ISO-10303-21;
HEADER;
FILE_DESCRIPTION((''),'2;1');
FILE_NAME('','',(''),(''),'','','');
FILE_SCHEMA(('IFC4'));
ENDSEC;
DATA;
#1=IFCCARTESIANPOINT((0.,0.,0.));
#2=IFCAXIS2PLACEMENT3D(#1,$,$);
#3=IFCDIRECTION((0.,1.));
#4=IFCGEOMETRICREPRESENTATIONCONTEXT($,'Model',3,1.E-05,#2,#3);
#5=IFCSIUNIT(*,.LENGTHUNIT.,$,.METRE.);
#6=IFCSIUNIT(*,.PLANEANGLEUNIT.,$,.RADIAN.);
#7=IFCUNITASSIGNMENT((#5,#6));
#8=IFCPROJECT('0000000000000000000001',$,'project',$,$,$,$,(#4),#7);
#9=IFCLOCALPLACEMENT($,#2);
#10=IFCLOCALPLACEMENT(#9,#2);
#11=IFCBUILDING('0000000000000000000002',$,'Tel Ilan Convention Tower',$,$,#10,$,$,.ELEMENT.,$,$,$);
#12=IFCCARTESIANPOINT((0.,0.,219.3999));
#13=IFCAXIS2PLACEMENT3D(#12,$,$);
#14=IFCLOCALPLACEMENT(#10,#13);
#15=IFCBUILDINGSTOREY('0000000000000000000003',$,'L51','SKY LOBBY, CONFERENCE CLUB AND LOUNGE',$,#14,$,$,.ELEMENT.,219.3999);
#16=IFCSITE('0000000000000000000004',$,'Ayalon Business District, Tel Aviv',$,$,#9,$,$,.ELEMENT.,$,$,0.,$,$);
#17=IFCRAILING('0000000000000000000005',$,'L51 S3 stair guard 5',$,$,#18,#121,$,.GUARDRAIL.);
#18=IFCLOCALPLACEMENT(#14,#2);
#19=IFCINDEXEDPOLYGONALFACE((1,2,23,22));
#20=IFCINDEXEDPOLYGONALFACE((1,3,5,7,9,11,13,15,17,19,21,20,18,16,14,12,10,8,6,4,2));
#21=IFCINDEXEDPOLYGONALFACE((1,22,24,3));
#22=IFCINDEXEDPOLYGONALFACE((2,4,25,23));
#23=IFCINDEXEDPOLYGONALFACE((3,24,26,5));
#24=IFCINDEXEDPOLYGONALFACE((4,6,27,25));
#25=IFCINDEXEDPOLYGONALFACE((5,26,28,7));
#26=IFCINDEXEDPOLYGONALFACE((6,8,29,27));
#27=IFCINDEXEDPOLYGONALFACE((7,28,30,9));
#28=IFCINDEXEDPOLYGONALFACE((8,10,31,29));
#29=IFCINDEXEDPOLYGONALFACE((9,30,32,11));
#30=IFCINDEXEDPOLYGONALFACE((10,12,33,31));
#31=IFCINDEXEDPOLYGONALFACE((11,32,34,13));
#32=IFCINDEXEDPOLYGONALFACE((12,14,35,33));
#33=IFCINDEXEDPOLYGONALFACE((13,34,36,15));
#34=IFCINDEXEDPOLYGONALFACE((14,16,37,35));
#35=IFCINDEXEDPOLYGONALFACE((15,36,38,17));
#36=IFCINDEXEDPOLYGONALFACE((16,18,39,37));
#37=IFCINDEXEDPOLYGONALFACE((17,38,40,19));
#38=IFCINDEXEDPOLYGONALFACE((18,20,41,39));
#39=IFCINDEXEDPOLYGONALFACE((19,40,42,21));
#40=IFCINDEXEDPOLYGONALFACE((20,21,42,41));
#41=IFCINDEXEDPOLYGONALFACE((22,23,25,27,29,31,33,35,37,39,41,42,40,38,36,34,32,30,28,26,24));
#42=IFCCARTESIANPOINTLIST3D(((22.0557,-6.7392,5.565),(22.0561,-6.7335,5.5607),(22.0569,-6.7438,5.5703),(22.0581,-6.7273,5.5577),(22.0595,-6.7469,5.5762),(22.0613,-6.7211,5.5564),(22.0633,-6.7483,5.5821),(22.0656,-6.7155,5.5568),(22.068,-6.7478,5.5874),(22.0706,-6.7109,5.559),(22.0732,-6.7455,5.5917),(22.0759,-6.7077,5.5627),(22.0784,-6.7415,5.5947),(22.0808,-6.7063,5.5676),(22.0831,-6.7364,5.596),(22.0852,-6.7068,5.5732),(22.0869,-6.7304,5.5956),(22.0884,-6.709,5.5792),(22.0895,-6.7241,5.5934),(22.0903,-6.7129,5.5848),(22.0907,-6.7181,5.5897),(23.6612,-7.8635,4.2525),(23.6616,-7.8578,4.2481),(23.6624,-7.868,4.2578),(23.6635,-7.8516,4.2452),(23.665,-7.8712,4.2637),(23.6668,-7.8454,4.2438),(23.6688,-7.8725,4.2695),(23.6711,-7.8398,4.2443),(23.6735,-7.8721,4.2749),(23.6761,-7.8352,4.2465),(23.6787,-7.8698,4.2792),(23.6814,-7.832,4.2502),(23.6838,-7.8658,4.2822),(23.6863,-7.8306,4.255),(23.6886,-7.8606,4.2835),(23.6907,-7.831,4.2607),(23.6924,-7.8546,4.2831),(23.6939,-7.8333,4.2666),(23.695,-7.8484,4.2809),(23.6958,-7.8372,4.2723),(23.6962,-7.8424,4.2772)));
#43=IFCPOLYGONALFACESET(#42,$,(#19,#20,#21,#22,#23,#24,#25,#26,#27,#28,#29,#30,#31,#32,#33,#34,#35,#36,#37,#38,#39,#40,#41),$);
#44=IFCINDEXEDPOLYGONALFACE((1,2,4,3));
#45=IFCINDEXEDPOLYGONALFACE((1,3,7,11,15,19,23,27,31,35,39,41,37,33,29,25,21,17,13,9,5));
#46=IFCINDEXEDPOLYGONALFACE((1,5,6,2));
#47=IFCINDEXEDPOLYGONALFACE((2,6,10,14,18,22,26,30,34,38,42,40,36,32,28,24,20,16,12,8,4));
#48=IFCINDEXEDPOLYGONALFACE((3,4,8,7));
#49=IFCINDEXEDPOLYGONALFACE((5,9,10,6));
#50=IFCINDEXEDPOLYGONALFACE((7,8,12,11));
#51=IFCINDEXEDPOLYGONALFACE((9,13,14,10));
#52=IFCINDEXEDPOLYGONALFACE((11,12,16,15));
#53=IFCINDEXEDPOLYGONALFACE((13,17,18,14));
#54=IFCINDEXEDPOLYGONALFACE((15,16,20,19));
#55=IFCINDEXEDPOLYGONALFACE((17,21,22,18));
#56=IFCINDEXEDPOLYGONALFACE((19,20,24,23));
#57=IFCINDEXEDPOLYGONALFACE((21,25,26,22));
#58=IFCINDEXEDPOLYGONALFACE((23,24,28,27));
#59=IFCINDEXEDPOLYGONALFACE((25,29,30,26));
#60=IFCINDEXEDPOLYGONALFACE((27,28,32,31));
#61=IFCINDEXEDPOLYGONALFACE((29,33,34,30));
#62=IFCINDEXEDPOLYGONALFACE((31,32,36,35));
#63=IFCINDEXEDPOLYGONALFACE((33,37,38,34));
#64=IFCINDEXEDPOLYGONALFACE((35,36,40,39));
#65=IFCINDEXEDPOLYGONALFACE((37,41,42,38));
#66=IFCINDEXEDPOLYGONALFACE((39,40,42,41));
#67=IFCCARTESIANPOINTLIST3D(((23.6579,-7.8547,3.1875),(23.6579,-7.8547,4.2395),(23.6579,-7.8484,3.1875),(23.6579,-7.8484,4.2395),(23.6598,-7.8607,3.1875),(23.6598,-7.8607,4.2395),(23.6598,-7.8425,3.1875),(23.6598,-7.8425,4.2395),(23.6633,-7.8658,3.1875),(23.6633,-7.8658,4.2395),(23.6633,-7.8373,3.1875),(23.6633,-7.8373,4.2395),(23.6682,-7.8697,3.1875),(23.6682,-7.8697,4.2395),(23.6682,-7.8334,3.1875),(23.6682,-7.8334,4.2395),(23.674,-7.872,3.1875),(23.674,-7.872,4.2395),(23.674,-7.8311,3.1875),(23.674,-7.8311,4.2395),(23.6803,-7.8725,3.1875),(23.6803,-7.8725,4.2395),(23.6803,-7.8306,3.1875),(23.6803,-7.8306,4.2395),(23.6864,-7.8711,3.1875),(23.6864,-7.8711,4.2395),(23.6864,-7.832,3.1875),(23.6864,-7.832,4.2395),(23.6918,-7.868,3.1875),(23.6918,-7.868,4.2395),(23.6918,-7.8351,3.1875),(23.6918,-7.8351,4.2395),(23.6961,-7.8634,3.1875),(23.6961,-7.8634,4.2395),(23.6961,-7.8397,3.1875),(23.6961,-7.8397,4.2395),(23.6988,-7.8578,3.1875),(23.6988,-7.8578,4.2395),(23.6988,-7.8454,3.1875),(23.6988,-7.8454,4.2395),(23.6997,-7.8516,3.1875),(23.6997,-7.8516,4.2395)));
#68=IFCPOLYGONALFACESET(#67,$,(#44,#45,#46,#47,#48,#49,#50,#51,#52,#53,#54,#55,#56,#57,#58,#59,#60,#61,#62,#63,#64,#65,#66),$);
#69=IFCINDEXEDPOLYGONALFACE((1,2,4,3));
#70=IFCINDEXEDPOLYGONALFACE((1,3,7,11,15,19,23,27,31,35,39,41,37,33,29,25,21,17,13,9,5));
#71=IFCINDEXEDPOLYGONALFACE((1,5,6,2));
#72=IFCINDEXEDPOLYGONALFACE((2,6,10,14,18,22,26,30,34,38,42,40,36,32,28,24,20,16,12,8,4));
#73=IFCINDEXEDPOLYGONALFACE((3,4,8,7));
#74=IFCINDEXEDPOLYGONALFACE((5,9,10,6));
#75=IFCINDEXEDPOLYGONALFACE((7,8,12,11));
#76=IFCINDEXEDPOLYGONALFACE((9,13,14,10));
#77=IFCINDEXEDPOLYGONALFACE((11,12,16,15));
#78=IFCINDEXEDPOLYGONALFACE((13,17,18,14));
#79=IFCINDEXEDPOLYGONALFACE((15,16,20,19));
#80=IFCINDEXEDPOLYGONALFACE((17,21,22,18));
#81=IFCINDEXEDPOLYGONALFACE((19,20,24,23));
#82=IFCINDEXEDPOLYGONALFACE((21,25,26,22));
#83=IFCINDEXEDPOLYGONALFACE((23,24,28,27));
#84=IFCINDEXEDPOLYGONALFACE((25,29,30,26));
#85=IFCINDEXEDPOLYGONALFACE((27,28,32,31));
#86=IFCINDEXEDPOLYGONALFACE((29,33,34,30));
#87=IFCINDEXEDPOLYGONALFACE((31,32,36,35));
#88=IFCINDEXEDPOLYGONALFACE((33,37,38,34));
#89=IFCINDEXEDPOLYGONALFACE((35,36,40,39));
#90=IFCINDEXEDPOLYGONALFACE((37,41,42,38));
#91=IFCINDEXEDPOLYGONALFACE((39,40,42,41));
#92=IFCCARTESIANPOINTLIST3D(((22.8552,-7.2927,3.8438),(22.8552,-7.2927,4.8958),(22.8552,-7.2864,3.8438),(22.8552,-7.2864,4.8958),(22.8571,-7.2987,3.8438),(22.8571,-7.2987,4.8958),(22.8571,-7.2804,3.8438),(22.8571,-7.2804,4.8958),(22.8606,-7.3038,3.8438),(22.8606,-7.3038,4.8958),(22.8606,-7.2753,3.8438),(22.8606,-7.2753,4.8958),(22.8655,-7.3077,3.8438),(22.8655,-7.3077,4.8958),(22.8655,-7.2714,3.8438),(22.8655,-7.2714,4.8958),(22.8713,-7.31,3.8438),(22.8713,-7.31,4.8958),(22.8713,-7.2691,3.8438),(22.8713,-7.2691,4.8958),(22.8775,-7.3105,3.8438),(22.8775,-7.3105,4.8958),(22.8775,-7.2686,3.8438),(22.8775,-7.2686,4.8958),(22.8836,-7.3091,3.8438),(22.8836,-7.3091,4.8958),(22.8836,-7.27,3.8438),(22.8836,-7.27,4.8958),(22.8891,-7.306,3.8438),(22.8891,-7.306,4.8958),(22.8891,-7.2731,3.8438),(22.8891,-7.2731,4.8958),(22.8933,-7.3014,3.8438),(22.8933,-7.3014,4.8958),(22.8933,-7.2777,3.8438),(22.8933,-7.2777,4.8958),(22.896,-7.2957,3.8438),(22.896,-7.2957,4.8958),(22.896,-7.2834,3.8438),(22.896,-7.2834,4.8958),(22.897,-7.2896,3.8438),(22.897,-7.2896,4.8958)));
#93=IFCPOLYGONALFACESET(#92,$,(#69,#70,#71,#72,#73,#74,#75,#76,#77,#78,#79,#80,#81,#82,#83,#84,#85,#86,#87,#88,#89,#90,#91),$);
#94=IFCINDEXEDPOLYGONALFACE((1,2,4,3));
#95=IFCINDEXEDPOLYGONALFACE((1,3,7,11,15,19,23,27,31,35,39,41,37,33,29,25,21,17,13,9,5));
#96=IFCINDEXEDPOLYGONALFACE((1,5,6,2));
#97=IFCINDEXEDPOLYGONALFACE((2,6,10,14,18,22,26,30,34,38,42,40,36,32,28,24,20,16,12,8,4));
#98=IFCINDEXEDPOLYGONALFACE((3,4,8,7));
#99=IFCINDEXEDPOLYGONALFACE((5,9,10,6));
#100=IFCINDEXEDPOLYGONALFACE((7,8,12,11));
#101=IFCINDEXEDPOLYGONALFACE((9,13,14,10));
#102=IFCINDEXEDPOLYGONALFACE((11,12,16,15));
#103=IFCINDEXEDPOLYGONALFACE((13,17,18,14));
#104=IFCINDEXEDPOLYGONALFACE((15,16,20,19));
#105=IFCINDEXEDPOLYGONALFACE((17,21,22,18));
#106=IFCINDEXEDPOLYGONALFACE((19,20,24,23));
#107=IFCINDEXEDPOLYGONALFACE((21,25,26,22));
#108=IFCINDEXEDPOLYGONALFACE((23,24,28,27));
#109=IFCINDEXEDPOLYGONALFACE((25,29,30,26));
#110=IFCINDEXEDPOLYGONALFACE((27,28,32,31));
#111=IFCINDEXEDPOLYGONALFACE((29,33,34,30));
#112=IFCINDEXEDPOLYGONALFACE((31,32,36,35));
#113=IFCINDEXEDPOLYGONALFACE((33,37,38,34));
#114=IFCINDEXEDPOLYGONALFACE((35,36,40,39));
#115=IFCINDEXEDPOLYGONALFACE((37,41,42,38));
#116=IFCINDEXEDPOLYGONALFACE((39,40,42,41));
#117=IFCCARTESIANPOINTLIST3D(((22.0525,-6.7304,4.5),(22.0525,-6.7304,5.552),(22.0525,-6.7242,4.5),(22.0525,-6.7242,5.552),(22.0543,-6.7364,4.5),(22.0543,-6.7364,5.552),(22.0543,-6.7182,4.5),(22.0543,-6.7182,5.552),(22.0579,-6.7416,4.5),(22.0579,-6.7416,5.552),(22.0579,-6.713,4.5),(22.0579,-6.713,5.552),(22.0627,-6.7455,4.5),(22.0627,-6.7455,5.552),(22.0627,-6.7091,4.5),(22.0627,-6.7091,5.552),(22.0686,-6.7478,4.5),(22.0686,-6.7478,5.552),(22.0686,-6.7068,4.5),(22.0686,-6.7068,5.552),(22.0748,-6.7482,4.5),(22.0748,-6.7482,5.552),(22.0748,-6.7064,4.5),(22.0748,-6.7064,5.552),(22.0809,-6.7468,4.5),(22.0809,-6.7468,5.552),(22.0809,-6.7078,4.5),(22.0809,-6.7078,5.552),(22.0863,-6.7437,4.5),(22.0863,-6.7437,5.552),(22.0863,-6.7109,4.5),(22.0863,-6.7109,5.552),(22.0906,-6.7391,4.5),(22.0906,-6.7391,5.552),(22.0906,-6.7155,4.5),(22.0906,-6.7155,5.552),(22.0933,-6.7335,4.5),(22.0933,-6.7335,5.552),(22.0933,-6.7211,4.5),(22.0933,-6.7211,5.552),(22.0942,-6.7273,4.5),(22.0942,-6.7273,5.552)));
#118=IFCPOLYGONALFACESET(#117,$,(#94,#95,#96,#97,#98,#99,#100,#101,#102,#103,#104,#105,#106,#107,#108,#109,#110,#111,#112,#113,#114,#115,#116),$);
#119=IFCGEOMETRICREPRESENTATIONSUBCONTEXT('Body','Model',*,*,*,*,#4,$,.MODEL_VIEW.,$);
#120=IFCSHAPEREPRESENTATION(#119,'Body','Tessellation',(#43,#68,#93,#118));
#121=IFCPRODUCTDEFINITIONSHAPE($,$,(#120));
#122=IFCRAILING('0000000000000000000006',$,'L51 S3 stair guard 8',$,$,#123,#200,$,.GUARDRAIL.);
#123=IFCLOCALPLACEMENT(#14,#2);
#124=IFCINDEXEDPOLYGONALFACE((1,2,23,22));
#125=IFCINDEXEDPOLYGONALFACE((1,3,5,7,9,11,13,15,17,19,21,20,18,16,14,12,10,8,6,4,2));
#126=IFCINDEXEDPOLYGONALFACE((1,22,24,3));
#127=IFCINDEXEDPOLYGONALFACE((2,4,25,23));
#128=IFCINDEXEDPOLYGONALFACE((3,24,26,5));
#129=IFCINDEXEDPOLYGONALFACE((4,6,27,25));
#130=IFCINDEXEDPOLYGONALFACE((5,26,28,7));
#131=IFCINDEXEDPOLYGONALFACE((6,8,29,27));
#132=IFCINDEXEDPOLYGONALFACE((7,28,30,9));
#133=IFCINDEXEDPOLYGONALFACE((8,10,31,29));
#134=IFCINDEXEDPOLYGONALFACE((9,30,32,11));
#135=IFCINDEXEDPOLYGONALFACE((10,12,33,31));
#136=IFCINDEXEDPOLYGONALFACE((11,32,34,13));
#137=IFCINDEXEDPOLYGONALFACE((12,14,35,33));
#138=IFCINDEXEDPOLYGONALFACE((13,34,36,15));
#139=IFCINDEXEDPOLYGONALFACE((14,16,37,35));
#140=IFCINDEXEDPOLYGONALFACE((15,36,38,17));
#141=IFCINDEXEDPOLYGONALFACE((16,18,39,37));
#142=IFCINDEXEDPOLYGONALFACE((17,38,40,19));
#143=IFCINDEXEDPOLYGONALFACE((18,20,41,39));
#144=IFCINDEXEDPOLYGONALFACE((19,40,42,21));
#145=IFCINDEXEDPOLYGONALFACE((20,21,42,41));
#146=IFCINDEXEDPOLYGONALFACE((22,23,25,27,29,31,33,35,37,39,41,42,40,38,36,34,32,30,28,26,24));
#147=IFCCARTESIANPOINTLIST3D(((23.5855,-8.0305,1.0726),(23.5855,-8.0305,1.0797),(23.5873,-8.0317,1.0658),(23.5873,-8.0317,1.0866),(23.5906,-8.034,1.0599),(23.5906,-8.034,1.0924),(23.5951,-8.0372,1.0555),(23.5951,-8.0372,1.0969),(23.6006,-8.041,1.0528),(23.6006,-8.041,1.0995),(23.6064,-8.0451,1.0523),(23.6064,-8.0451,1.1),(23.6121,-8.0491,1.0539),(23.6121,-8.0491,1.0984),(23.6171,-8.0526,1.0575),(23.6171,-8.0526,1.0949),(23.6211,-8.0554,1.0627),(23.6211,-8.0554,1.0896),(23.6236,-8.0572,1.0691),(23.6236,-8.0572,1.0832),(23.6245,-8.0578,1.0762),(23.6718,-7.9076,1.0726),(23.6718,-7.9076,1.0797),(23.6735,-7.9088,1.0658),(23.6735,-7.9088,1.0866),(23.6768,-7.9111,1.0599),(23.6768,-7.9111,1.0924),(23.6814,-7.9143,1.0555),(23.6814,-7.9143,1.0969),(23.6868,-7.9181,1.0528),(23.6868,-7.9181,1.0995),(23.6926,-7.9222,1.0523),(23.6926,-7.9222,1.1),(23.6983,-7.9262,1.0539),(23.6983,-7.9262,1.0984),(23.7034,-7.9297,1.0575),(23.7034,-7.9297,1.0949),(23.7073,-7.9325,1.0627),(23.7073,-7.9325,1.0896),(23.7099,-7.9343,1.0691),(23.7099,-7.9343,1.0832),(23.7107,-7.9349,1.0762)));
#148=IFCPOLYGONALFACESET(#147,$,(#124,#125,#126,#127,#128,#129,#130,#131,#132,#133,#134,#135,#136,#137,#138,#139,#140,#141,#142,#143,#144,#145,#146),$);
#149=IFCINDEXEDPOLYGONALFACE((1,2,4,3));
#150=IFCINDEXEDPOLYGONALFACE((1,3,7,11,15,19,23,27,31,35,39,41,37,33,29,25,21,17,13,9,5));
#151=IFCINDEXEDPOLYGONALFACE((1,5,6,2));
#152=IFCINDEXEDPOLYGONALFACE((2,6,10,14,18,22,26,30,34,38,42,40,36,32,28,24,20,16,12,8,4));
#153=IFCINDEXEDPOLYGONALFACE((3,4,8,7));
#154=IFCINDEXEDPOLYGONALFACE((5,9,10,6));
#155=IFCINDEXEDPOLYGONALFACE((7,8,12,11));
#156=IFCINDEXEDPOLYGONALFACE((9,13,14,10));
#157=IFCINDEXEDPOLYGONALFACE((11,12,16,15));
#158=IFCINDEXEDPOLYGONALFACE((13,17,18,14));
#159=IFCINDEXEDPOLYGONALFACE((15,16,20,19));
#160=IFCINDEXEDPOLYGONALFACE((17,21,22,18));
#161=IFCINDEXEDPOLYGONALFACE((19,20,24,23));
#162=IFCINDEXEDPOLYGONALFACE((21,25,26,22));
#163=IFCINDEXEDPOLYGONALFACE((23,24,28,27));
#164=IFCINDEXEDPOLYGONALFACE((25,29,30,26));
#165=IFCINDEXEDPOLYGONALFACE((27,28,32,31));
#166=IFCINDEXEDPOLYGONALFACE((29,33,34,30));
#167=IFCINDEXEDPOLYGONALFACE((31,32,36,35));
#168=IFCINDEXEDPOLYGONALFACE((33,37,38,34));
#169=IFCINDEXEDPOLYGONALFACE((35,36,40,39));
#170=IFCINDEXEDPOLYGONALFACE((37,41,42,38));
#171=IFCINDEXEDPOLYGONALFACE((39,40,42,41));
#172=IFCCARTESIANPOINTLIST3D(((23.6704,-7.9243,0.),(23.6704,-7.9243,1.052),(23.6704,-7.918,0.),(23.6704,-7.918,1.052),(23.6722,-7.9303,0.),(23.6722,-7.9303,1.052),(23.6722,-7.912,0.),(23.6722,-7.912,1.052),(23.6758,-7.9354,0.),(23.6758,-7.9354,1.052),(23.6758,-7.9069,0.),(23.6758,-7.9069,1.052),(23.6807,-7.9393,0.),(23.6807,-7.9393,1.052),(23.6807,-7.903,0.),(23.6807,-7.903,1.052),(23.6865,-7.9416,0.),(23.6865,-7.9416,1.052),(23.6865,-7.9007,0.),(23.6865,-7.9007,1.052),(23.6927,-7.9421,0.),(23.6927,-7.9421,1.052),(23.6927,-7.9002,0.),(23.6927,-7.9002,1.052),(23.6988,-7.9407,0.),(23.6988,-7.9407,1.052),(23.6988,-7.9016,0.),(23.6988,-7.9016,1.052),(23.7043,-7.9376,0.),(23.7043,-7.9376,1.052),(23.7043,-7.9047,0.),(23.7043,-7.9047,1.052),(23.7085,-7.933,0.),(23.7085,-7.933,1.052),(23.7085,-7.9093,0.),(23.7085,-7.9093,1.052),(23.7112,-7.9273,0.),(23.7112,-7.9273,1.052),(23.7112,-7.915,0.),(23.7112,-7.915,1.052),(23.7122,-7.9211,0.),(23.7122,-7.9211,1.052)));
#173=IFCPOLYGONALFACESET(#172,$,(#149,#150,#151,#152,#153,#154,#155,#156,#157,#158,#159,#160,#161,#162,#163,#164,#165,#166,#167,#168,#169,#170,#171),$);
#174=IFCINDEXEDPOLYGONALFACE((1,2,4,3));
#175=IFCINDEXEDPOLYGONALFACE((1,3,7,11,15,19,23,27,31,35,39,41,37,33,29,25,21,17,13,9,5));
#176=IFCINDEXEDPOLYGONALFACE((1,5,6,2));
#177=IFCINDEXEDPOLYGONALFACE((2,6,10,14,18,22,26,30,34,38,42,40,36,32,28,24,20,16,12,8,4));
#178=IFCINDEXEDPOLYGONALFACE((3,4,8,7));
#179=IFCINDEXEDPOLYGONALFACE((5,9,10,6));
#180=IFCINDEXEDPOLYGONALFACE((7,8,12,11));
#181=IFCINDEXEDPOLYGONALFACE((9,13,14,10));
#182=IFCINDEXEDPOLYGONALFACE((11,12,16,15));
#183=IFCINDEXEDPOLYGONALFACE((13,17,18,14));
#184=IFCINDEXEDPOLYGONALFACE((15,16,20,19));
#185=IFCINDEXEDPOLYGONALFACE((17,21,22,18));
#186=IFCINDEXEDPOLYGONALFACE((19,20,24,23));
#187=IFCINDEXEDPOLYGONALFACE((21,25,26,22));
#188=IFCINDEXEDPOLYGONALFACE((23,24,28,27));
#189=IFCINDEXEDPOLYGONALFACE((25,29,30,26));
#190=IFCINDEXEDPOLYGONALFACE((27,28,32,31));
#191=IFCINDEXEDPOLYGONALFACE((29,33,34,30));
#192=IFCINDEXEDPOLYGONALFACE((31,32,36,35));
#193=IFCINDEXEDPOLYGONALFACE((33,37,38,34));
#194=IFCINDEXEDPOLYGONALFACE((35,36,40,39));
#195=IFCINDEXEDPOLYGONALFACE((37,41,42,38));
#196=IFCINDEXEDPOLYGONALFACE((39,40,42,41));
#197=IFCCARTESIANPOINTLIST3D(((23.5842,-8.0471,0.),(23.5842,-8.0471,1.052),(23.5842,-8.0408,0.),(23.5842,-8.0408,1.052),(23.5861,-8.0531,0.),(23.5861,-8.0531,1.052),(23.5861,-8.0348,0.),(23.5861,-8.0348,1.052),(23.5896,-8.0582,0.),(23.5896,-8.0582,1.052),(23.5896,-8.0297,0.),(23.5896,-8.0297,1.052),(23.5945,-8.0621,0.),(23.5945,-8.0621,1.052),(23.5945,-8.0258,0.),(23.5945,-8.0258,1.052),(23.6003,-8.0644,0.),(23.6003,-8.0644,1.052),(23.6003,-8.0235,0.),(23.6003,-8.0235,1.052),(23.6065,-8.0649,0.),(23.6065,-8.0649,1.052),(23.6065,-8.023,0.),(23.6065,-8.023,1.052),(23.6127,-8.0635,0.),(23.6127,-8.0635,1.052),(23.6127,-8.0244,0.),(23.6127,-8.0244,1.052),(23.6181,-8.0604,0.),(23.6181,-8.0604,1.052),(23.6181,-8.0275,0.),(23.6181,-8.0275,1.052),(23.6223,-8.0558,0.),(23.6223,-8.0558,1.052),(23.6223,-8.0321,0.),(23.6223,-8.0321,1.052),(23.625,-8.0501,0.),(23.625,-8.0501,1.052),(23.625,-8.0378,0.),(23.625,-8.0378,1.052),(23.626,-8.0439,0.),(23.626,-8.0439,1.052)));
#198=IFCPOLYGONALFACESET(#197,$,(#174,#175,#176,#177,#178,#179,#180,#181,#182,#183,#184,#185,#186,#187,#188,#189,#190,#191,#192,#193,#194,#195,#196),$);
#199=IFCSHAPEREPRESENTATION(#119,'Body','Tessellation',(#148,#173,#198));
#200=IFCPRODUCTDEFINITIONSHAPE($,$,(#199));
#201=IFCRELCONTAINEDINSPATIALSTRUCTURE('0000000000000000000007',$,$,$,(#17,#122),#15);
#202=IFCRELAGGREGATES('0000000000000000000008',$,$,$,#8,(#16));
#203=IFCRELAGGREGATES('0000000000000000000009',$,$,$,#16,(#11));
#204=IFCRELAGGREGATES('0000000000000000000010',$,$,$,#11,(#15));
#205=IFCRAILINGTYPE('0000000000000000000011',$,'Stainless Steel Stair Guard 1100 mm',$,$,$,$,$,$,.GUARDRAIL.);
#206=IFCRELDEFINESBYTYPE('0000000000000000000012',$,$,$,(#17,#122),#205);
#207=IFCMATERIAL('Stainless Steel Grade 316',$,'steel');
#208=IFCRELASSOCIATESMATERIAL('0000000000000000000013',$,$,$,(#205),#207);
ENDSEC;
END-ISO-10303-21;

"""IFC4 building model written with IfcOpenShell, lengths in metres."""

from ifc_helpers import new_model, si_unit, direction, frame, origin, origin_2d, place, context, subcontext, project, spatial, circle, extrude, material, type_object, element, save


model = new_model("IFC4")

# Units and contexts
model_context = context("Model", 3, precision=1e-05, world=origin(), true_north=direction((0.0, 1.0)))
body_context = subcontext(model_context, "Body", "Model", "MODEL_VIEW")
ifc_project = project(units=[si_unit("LENGTHUNIT", "METRE"), si_unit("PLANEANGLEUNIT", "RADIAN")], contexts=[model_context])

# Site, building, storey
site_placement = place(None, origin())
site = spatial("IfcSite", under=ifc_project, at=site_placement, Name="Ayalon Business District, Tel Aviv", CompositionType="ELEMENT", RefElevation=0.0)
building_placement = place(site_placement, origin())
building = spatial("IfcBuilding", under=site, at=building_placement, Name="Tel Ilan Convention Tower", CompositionType="ELEMENT")
storey_placement = place(building_placement, frame((0.0, 0.0, 219.3999)))
storey = spatial("IfcBuildingStorey", under=building, at=storey_placement, Name="L51", Description="SKY LOBBY, CONFERENCE CLUB AND LOUNGE", CompositionType="ELEMENT", Elevation=219.3999)

# Railings
ifc_material_1 = material(Name="Stainless Steel Grade 316", Category="steel")
railing_type_1 = type_object("IfcRailingType", Name="Stainless Steel Stair Guard 1100 mm", PredefinedType="GUARDRAIL", material=ifc_material_1)
railing_1_placement = place(storey_placement, frame((23.6787, -7.8516, 3.1875)))
element("IfcRailing", 1, at=railing_1_placement, inside=storey, type_object=railing_type_1, Name="L51 S3 stair guard 5", PredefinedType="GUARDRAIL", context=body_context, shape_type="SweptSolid", body=[
    extrude(circle(Radius=0.0239, at=origin_2d()), frame((0.0, 0.0, 1.0762), z_axis=(-0.680616, 0.476617, 0.556416), x_axis=(-0.573613, -0.819127, 0.0)), (0.0, 0.0, 1.0), 2.3589),
    extrude(circle(Radius=0.021, at=origin_2d()), origin(), (0.0, 0.0, 1.0), 1.052),
    extrude(circle(Radius=0.021, at=origin_2d()), frame((-0.8027, 0.562, 0.6562)), (0.0, 0.0, 1.0), 1.052),
    extrude(circle(Radius=0.021, at=origin_2d()), frame((-1.6055, 1.1243, 1.3125)), (0.0, 0.0, 1.0), 1.052),
])
railing_2_placement = place(storey_placement, frame((23.6912, -7.9211, 0.0)))
element("IfcRailing", 2, at=railing_2_placement, inside=storey, type_object=railing_type_1, Name="L51 S3 stair guard 8", PredefinedType="GUARDRAIL", context=body_context, shape_type="SweptSolid", body=[
    extrude(circle(Radius=0.0239, at=origin_2d()), frame((0.0, 0.0, 1.0762), z_axis=(-0.574445, -0.818543, 0.0), x_axis=(0.818543, -0.574445, 0.0)), (0.0, 0.0, 1.0), 0.1501),
    extrude(circle(Radius=0.021, at=origin_2d()), origin(), (0.0, 0.0, 1.0), 1.052),
    extrude(circle(Radius=0.021, at=origin_2d()), frame((-0.0862, -0.1228, 0.0)), (0.0, 0.0, 1.0), 1.052),
])

save(model, "model.ifc")
